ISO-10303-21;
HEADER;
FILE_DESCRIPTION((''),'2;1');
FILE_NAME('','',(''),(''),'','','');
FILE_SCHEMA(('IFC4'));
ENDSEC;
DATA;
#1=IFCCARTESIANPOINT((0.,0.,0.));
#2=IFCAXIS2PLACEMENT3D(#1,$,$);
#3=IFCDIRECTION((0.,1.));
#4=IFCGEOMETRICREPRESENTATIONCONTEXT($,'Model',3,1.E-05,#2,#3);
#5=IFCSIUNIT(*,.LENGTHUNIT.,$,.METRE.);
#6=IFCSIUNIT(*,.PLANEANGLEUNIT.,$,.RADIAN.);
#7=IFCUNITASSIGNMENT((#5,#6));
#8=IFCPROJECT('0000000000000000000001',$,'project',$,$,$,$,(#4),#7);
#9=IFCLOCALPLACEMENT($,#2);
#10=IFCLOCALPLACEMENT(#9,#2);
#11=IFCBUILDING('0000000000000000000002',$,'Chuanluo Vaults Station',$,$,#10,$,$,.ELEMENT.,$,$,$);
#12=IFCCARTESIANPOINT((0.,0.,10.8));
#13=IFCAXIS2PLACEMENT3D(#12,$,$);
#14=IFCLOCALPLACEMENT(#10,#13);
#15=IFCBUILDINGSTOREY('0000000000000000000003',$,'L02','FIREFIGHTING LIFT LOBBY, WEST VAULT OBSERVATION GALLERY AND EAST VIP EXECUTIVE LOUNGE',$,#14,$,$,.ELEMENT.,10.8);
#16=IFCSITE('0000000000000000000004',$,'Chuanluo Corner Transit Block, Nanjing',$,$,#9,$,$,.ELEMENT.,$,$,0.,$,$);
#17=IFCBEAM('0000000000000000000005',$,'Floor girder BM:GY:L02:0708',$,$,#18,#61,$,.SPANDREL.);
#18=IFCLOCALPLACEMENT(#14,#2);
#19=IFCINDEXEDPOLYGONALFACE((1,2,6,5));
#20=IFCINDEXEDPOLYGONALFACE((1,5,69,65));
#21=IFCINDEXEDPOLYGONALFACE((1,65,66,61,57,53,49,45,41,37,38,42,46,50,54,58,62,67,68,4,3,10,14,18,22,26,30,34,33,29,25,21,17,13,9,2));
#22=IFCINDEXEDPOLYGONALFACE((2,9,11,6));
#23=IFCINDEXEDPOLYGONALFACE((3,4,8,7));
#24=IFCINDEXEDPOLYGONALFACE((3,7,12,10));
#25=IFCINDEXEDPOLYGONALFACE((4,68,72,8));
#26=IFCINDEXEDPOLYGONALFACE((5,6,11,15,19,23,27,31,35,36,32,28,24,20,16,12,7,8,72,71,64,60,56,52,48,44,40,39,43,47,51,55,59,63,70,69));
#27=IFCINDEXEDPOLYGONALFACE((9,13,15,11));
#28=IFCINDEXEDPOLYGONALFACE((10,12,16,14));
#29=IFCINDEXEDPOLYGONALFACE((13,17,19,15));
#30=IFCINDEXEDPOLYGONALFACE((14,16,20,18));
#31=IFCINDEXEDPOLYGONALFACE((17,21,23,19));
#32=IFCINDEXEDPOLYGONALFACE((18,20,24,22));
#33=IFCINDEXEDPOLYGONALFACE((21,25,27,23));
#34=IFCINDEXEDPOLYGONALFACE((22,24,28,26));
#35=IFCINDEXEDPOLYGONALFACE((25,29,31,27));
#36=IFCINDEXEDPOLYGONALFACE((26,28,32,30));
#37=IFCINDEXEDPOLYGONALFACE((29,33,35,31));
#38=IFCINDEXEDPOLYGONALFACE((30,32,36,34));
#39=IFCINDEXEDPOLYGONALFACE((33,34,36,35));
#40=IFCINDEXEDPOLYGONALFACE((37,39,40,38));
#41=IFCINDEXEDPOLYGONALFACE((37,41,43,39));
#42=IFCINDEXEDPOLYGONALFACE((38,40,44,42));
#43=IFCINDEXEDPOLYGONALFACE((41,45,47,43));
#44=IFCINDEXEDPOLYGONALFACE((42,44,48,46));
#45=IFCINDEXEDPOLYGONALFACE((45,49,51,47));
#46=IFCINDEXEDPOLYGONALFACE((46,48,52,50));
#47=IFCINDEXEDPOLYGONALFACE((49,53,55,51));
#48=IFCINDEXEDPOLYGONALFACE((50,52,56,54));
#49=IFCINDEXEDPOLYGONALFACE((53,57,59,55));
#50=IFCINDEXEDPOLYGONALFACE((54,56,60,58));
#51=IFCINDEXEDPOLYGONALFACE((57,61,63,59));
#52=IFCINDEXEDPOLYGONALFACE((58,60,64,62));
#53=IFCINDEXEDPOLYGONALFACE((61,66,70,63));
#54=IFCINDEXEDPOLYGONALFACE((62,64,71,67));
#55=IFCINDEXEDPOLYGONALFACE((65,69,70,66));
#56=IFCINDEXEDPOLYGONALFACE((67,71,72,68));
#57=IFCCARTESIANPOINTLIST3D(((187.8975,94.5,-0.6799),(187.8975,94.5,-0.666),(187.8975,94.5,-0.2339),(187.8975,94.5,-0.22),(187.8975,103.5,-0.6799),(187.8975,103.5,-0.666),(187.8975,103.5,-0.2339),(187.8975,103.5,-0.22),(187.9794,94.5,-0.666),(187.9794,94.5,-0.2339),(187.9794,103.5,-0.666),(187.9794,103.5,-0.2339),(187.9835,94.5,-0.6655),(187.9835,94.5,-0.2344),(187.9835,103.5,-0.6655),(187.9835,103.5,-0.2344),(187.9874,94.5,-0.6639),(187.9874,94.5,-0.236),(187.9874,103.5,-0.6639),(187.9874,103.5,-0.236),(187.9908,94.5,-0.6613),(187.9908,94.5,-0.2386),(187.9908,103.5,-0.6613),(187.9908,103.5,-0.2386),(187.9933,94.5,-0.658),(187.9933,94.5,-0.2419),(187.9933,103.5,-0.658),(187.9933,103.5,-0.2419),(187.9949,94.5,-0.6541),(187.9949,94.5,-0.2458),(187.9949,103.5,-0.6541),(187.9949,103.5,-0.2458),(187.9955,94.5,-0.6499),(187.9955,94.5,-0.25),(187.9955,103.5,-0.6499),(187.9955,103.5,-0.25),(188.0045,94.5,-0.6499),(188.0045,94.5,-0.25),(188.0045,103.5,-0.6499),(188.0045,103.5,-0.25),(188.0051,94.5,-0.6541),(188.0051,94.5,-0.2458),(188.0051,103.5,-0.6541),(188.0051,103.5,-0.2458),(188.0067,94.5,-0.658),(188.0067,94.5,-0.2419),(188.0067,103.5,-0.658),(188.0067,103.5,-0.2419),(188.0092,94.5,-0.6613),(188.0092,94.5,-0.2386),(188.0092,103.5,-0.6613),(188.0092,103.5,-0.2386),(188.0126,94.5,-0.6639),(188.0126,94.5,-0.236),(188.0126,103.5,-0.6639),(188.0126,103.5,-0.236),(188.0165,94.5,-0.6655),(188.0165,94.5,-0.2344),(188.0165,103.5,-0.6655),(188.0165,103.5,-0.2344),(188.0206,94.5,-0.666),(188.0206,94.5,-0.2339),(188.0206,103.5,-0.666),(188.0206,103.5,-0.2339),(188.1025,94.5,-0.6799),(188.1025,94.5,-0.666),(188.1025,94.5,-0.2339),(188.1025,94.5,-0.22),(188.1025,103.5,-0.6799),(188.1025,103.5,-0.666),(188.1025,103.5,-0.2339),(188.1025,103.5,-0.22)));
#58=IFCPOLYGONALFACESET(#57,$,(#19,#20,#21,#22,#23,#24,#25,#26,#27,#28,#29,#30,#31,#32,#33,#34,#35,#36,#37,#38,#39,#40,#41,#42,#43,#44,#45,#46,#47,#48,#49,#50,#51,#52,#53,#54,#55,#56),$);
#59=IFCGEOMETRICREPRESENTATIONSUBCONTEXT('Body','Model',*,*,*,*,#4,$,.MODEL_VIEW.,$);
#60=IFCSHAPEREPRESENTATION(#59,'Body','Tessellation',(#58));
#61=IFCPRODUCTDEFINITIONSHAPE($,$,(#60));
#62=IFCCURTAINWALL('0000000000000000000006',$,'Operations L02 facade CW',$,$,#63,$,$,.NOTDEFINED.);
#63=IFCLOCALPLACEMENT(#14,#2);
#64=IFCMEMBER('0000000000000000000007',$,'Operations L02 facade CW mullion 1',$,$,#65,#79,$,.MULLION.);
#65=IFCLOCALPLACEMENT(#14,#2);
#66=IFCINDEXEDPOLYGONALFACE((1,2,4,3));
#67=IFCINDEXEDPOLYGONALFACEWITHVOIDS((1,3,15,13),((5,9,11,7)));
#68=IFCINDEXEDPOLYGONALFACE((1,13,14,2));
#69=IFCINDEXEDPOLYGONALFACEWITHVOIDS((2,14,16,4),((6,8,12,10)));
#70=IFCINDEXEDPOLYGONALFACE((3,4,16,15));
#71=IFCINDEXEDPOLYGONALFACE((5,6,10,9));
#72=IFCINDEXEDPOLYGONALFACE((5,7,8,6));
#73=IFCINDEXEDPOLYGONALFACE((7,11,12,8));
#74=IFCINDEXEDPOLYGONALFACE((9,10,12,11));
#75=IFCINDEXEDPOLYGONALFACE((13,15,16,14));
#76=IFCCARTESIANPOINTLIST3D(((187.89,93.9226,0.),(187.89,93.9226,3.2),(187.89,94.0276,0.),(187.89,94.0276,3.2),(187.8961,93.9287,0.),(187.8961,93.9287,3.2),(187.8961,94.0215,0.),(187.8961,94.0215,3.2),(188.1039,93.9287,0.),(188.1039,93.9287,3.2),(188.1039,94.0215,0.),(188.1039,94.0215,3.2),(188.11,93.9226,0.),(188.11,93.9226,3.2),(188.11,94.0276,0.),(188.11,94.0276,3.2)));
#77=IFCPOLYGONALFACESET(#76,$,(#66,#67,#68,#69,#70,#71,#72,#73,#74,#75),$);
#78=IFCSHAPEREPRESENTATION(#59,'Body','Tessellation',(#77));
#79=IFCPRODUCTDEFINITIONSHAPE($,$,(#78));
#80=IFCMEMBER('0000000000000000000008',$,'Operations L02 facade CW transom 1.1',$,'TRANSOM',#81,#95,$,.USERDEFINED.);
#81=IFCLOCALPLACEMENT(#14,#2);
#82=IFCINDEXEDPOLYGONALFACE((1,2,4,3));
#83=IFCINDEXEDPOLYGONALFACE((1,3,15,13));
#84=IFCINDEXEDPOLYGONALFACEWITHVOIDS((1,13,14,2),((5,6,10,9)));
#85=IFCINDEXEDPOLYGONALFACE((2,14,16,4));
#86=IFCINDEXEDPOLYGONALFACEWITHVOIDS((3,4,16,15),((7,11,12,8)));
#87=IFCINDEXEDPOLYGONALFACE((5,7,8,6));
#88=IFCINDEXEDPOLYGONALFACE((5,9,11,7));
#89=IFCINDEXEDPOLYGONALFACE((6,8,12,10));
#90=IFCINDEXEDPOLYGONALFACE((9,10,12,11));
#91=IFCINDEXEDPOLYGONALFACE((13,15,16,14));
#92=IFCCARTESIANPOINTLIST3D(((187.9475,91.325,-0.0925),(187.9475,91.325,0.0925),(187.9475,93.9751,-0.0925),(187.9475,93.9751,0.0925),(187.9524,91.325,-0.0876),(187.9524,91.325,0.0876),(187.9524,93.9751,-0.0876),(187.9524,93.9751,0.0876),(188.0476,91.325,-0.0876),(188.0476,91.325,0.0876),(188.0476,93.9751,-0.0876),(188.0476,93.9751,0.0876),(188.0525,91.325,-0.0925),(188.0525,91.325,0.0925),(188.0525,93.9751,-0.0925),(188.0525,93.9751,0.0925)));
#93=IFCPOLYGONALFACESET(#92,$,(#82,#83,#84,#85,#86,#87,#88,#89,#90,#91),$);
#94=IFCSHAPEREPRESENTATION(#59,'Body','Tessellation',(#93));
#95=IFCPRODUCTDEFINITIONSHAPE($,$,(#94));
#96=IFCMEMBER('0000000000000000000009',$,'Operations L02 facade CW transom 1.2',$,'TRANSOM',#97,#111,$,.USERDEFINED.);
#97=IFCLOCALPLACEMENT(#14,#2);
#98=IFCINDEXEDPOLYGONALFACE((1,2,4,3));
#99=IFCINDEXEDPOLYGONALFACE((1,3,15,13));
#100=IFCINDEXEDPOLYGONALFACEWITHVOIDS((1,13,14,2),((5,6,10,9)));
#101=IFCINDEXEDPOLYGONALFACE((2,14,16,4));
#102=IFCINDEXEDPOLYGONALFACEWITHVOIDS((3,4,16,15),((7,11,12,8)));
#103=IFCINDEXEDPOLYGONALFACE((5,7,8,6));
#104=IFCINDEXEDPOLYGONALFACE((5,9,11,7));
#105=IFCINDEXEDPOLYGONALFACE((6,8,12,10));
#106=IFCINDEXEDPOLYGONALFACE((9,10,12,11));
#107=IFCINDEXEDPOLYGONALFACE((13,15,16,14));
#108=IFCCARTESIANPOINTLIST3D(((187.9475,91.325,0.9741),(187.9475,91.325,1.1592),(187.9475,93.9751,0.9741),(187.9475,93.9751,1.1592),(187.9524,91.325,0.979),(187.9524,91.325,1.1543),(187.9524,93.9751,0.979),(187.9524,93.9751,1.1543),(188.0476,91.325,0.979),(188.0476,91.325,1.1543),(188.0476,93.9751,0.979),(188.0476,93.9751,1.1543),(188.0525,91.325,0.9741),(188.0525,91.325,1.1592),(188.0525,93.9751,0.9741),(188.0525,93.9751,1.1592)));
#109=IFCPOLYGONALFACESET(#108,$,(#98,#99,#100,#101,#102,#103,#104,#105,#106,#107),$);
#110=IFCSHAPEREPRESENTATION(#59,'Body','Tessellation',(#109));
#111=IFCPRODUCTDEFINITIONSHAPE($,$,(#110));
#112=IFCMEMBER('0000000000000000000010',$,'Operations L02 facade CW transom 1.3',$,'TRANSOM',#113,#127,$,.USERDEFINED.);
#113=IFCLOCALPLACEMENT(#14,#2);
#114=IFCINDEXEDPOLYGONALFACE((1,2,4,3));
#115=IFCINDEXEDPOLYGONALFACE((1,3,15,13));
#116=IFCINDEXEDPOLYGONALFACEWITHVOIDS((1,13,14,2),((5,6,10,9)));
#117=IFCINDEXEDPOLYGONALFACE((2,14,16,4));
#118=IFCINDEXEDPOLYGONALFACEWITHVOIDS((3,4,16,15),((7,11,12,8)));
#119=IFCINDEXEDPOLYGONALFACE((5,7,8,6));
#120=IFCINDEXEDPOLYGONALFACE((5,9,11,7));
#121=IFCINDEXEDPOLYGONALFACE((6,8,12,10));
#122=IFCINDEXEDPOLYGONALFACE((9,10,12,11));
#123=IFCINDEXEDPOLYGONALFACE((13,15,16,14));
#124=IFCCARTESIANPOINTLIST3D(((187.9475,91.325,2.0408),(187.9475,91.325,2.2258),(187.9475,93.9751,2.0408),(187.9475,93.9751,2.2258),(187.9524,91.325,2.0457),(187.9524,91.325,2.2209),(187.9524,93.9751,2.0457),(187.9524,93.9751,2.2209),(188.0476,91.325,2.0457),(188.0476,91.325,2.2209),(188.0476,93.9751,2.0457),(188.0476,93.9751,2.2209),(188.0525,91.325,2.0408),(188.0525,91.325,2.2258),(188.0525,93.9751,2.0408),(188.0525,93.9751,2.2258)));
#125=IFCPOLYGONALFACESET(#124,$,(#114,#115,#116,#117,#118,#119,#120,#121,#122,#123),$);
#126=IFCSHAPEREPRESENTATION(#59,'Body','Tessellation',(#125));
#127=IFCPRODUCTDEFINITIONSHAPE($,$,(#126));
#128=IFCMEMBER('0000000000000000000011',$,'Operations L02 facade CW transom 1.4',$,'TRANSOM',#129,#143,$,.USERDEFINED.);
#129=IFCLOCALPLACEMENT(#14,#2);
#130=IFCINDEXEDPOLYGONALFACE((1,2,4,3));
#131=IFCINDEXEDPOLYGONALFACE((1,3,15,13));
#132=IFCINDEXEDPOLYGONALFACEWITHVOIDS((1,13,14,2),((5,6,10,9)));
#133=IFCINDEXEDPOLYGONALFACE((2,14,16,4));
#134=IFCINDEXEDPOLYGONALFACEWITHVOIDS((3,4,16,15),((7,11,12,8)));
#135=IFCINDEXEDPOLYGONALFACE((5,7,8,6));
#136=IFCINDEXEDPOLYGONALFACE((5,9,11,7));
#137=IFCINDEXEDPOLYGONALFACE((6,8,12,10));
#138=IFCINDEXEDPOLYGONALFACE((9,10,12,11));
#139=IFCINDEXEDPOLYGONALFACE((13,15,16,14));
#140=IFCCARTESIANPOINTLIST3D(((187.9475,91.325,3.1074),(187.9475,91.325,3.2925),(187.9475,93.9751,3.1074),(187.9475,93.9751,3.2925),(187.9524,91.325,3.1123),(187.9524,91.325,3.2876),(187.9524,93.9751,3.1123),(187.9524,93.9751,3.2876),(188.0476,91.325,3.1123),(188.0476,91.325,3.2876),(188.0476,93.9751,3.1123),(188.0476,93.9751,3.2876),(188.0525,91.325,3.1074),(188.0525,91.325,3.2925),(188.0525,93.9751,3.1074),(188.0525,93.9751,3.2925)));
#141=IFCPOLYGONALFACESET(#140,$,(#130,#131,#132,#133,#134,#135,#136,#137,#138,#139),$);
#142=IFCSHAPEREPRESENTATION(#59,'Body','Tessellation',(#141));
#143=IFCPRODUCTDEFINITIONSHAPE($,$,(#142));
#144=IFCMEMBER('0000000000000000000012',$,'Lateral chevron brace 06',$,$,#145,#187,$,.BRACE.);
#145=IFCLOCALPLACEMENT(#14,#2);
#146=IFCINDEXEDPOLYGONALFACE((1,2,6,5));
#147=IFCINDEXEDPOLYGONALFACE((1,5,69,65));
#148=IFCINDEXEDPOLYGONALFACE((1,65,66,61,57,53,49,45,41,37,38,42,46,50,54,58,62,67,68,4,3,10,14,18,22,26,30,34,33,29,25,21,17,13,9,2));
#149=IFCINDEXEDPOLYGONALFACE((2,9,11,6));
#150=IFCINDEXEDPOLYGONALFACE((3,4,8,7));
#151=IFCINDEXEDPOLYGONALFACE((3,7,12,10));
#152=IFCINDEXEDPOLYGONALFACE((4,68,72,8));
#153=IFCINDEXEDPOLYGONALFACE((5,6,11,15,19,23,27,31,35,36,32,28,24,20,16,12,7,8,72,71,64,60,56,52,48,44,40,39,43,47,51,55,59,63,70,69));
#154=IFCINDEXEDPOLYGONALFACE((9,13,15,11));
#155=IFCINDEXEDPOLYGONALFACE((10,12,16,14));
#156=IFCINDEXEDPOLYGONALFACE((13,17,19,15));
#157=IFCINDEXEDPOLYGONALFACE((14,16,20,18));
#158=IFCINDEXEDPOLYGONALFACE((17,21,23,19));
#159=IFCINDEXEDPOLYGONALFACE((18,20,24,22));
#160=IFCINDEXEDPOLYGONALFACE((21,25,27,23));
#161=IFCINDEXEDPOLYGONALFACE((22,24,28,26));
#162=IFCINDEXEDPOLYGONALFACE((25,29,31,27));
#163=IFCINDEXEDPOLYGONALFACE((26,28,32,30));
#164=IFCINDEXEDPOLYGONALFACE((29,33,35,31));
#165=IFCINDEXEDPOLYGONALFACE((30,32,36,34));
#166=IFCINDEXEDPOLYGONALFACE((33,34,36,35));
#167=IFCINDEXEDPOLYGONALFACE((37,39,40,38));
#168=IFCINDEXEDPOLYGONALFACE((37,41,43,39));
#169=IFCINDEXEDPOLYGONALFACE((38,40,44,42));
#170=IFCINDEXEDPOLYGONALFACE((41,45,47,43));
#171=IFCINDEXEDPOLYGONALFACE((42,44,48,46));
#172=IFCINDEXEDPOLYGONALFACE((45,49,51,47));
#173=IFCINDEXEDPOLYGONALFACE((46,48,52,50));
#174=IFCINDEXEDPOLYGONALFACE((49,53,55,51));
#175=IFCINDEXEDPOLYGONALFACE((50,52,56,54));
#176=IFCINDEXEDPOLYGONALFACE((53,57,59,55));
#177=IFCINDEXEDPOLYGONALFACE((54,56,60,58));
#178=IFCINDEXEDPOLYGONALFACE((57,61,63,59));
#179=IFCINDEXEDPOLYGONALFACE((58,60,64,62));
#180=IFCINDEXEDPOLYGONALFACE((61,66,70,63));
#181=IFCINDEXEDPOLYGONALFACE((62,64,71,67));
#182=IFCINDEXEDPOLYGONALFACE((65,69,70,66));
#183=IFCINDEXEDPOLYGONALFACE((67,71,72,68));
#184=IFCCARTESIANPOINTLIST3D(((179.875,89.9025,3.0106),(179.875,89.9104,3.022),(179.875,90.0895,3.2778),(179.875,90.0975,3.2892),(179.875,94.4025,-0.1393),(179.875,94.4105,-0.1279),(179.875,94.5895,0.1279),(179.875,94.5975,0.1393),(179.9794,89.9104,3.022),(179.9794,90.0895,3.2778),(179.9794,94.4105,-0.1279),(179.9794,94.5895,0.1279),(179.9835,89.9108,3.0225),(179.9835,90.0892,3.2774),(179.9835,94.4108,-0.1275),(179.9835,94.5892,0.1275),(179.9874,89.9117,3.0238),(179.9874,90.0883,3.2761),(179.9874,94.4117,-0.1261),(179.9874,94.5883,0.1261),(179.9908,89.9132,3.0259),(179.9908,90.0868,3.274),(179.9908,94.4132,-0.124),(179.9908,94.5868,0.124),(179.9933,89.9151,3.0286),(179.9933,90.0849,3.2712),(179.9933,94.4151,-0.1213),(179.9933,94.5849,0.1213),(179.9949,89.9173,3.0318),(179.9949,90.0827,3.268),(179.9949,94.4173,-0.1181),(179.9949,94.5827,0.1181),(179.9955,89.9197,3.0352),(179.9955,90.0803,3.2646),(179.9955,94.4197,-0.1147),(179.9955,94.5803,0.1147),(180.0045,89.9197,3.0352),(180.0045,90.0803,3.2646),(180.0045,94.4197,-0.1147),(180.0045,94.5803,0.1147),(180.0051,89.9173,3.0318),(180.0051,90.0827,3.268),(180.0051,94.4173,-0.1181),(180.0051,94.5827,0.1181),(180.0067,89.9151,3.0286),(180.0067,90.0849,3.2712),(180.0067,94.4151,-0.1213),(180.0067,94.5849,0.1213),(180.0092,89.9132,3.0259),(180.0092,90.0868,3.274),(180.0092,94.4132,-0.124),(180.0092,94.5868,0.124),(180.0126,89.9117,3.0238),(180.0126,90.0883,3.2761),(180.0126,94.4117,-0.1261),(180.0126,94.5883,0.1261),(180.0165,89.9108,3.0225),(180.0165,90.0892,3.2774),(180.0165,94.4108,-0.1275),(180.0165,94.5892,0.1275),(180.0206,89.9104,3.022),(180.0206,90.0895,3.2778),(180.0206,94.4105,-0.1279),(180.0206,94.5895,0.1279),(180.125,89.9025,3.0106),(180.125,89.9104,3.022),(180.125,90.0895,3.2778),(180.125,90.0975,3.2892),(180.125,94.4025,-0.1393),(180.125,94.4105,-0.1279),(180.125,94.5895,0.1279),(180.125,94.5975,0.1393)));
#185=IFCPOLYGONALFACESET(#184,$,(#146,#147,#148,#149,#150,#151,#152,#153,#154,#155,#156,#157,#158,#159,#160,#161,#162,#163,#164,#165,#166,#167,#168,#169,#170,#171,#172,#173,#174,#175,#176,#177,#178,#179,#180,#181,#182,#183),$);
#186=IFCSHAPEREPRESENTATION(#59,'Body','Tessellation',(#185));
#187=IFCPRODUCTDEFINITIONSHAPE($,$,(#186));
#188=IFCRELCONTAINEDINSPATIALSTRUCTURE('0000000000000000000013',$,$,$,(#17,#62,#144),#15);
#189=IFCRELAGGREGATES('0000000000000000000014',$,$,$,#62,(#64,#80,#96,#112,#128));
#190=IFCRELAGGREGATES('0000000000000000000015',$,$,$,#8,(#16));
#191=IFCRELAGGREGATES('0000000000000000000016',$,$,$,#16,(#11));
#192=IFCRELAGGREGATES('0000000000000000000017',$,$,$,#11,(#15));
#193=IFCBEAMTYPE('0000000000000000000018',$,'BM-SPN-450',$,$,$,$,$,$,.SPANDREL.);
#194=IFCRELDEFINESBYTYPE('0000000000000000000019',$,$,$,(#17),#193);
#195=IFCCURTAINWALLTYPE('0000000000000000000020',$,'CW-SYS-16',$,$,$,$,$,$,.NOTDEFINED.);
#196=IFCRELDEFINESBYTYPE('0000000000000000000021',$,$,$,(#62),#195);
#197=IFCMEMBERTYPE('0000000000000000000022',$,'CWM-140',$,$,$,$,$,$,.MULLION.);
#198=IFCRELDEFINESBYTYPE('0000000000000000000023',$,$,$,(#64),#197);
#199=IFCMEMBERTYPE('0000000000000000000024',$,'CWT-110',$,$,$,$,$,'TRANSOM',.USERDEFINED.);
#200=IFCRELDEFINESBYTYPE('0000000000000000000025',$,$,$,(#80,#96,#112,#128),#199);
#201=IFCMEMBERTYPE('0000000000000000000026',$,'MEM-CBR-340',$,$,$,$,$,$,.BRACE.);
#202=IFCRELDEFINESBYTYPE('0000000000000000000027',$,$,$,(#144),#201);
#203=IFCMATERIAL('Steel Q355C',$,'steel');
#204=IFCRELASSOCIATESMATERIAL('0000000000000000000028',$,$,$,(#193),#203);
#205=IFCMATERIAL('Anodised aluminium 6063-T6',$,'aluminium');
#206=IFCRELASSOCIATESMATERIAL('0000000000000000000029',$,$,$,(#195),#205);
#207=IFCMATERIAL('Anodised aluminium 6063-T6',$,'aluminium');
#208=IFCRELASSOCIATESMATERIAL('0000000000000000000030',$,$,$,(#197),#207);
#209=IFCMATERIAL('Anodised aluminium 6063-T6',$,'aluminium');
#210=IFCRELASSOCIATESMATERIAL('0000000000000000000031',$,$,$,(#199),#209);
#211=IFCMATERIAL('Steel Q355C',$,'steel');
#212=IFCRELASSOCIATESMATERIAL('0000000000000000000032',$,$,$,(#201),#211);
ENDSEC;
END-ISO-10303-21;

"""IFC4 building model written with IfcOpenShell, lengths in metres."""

from ifc_helpers import new_model, si_unit, direction, frame, origin, origin_2d, place, context, subcontext, project, spatial, hollow_rectangle, i_section, extrude, material, material_profile, profile_set, type_object, element, aggregate, save


model = new_model("IFC4")

# Units and contexts
model_context = context("Model", 3, precision=1e-05, world=origin(), true_north=direction((0.0, 1.0)))
body_context = subcontext(model_context, "Body", "Model", "MODEL_VIEW")
ifc_project = project(units=[si_unit("LENGTHUNIT", "METRE"), si_unit("PLANEANGLEUNIT", "RADIAN")], contexts=[model_context])

# Site, building, storey
site_placement = place(None, origin())
site = spatial("IfcSite", under=ifc_project, at=site_placement, Name="Chuanluo Corner Transit Block, Nanjing", CompositionType="ELEMENT", RefElevation=0.0)
building_placement = place(site_placement, origin())
building = spatial("IfcBuilding", under=site, at=building_placement, Name="Chuanluo Vaults Station", CompositionType="ELEMENT")
storey_placement = place(building_placement, frame((0.0, 0.0, 10.8)))
storey = spatial("IfcBuildingStorey", under=building, at=storey_placement, Name="L02", Description="FIREFIGHTING LIFT LOBBY, WEST VAULT OBSERVATION GALLERY AND EAST VIP EXECUTIVE LOUNGE", CompositionType="ELEMENT", Elevation=10.8)

# Beam
ifc_material_1 = material(Name="Steel Q355C", Category="steel")
ifc_material_profile_1 = material_profile(ifc_material_1, i_section(OverallWidth=0.2051, OverallDepth=0.46, WebThickness=0.009, FlangeThickness=0.0139, FilletRadius=0.0161, at=origin_2d()))
ifc_profile_set_1 = profile_set([ifc_material_profile_1], Name="Steel Q355C")
beam_type_1 = type_object("IfcBeamType", Name="BM-SPN-450", PredefinedType="SPANDREL", material=ifc_profile_set_1)
beam_1_placement = place(storey_placement, frame((188.0, 94.5, -0.45), z_axis=(0.0, 1.0, 0.0), x_axis=(-1.0, 0.0, 0.0)))
element("IfcBeam", 1, at=beam_1_placement, inside=storey, type_object=beam_type_1, Name="Floor girder BM:GY:L02:0708", PredefinedType="SPANDREL", context=body_context, shape_type="SweptSolid", body=[
    extrude(i_section(OverallWidth=0.2051, OverallDepth=0.46, WebThickness=0.009, FlangeThickness=0.0139, FilletRadius=0.0161, at=origin_2d()), origin(), (0.0, 0.0, 1.0), 9.0),
])

# Curtain wall, members
ifc_material_2 = material(Name="Anodised aluminium 6063-T6", Category="aluminium")
curtain_wall_type = type_object("IfcCurtainWallType", Name="CW-SYS-16", PredefinedType="NOTDEFINED", material=ifc_material_2)
curtain_wall_placement = place(storey_placement, origin())
curtain_wall = element("IfcCurtainWall", 2, at=curtain_wall_placement, inside=storey, type_object=curtain_wall_type, Name="Operations L02 facade CW", PredefinedType="NOTDEFINED")
ifc_material_3 = material(Name="Anodised aluminium 6063-T6", Category="aluminium")
ifc_material_profile_2 = material_profile(ifc_material_3, hollow_rectangle(XDim=0.105, YDim=0.22, WallThickness=0.0061, at=origin_2d()))
ifc_profile_set_2 = profile_set([ifc_material_profile_2], Name="Anodised aluminium 6063-T6")
member_type_1 = type_object("IfcMemberType", Name="CWM-140", PredefinedType="MULLION", material=ifc_profile_set_2)
member_1_placement = place(storey_placement, frame((188.0, 93.9751, 0.0), z_axis=(0.0, 0.0, 1.0), x_axis=(0.0, -1.0, 0.0)))
member_1 = element("IfcMember", 3, at=member_1_placement, type_object=member_type_1, Name="Operations L02 facade CW mullion 1", PredefinedType="MULLION", context=body_context, shape_type="SweptSolid", body=[
    extrude(hollow_rectangle(XDim=0.105, YDim=0.22, WallThickness=0.0061, at=origin_2d()), origin(), (0.0, 0.0, 1.0), 3.2),
])
ifc_material_4 = material(Name="Anodised aluminium 6063-T6", Category="aluminium")
ifc_material_profile_3 = material_profile(ifc_material_4, hollow_rectangle(XDim=0.105, YDim=0.1851, WallThickness=0.0049, at=origin_2d()))
ifc_profile_set_3 = profile_set([ifc_material_profile_3], Name="Anodised aluminium 6063-T6")
member_type_2 = type_object("IfcMemberType", Name="CWT-110", ElementType="TRANSOM", PredefinedType="USERDEFINED", material=ifc_profile_set_3)
member_2_placement = place(storey_placement, frame((188.0, 93.9751, 0.0), z_axis=(0.0, -1.0, 0.0), x_axis=(1.0, 0.0, 0.0)))
member_2 = element("IfcMember", 4, at=member_2_placement, type_object=member_type_2, Name="Operations L02 facade CW transom 1.1", ObjectType="TRANSOM", PredefinedType="USERDEFINED", context=body_context, shape_type="SweptSolid", body=[
    extrude(hollow_rectangle(XDim=0.105, YDim=0.1851, WallThickness=0.0049, at=origin_2d()), origin(), (0.0, 0.0, 1.0), 2.6501),
])
member_3_placement = place(storey_placement, frame((188.0, 93.9751, 1.0667), z_axis=(0.0, -1.0, 0.0), x_axis=(1.0, 0.0, 0.0)))
member_3 = element("IfcMember", 5, at=member_3_placement, type_object=member_type_2, Name="Operations L02 facade CW transom 1.2", ObjectType="TRANSOM", PredefinedType="USERDEFINED", context=body_context, shape_type="SweptSolid", body=[
    extrude(hollow_rectangle(XDim=0.105, YDim=0.1851, WallThickness=0.0049, at=origin_2d()), origin(), (0.0, 0.0, 1.0), 2.6501),
])
member_4_placement = place(storey_placement, frame((188.0, 93.9751, 2.1333), z_axis=(0.0, -1.0, 0.0), x_axis=(1.0, 0.0, 0.0)))
member_4 = element("IfcMember", 6, at=member_4_placement, type_object=member_type_2, Name="Operations L02 facade CW transom 1.3", ObjectType="TRANSOM", PredefinedType="USERDEFINED", context=body_context, shape_type="SweptSolid", body=[
    extrude(hollow_rectangle(XDim=0.105, YDim=0.1851, WallThickness=0.0049, at=origin_2d()), origin(), (0.0, 0.0, 1.0), 2.6501),
])
member_5_placement = place(storey_placement, frame((188.0, 93.9751, 3.2), z_axis=(0.0, -1.0, 0.0), x_axis=(1.0, 0.0, 0.0)))
member_5 = element("IfcMember", 7, at=member_5_placement, type_object=member_type_2, Name="Operations L02 facade CW transom 1.4", ObjectType="TRANSOM", PredefinedType="USERDEFINED", context=body_context, shape_type="SweptSolid", body=[
    extrude(hollow_rectangle(XDim=0.105, YDim=0.1851, WallThickness=0.0049, at=origin_2d()), origin(), (0.0, 0.0, 1.0), 2.6501),
])

# Member
ifc_material_5 = material(Name="Steel Q355C", Category="steel")
ifc_material_profile_4 = material_profile(ifc_material_5, i_section(OverallWidth=0.25, OverallDepth=0.3401, WebThickness=0.009, FlangeThickness=0.0139, FilletRadius=0.0161, at=origin_2d()))
ifc_profile_set_4 = profile_set([ifc_material_profile_4], Name="Steel Q355C")
member_type_3 = type_object("IfcMemberType", Name="MEM-CBR-340", PredefinedType="BRACE", material=ifc_profile_set_4)
member_6_placement = place(storey_placement, frame((180.0, 94.5, 0.0), z_axis=(0.0, -0.81924, 0.57345), x_axis=(1.0, 0.0, 0.0)))
element("IfcMember", 8, at=member_6_placement, inside=storey, type_object=member_type_3, Name="Lateral chevron brace 06", PredefinedType="BRACE", context=body_context, shape_type="SweptSolid", body=[
    extrude(i_section(OverallWidth=0.25, OverallDepth=0.3401, WebThickness=0.009, FlangeThickness=0.0139, FilletRadius=0.0161, at=origin_2d()), origin(), (0.0, 0.0, 1.0), 5.4929),
])

aggregate(curtain_wall, [member_1, member_2, member_3, member_4, member_5])

save(model, "model.ifc")
